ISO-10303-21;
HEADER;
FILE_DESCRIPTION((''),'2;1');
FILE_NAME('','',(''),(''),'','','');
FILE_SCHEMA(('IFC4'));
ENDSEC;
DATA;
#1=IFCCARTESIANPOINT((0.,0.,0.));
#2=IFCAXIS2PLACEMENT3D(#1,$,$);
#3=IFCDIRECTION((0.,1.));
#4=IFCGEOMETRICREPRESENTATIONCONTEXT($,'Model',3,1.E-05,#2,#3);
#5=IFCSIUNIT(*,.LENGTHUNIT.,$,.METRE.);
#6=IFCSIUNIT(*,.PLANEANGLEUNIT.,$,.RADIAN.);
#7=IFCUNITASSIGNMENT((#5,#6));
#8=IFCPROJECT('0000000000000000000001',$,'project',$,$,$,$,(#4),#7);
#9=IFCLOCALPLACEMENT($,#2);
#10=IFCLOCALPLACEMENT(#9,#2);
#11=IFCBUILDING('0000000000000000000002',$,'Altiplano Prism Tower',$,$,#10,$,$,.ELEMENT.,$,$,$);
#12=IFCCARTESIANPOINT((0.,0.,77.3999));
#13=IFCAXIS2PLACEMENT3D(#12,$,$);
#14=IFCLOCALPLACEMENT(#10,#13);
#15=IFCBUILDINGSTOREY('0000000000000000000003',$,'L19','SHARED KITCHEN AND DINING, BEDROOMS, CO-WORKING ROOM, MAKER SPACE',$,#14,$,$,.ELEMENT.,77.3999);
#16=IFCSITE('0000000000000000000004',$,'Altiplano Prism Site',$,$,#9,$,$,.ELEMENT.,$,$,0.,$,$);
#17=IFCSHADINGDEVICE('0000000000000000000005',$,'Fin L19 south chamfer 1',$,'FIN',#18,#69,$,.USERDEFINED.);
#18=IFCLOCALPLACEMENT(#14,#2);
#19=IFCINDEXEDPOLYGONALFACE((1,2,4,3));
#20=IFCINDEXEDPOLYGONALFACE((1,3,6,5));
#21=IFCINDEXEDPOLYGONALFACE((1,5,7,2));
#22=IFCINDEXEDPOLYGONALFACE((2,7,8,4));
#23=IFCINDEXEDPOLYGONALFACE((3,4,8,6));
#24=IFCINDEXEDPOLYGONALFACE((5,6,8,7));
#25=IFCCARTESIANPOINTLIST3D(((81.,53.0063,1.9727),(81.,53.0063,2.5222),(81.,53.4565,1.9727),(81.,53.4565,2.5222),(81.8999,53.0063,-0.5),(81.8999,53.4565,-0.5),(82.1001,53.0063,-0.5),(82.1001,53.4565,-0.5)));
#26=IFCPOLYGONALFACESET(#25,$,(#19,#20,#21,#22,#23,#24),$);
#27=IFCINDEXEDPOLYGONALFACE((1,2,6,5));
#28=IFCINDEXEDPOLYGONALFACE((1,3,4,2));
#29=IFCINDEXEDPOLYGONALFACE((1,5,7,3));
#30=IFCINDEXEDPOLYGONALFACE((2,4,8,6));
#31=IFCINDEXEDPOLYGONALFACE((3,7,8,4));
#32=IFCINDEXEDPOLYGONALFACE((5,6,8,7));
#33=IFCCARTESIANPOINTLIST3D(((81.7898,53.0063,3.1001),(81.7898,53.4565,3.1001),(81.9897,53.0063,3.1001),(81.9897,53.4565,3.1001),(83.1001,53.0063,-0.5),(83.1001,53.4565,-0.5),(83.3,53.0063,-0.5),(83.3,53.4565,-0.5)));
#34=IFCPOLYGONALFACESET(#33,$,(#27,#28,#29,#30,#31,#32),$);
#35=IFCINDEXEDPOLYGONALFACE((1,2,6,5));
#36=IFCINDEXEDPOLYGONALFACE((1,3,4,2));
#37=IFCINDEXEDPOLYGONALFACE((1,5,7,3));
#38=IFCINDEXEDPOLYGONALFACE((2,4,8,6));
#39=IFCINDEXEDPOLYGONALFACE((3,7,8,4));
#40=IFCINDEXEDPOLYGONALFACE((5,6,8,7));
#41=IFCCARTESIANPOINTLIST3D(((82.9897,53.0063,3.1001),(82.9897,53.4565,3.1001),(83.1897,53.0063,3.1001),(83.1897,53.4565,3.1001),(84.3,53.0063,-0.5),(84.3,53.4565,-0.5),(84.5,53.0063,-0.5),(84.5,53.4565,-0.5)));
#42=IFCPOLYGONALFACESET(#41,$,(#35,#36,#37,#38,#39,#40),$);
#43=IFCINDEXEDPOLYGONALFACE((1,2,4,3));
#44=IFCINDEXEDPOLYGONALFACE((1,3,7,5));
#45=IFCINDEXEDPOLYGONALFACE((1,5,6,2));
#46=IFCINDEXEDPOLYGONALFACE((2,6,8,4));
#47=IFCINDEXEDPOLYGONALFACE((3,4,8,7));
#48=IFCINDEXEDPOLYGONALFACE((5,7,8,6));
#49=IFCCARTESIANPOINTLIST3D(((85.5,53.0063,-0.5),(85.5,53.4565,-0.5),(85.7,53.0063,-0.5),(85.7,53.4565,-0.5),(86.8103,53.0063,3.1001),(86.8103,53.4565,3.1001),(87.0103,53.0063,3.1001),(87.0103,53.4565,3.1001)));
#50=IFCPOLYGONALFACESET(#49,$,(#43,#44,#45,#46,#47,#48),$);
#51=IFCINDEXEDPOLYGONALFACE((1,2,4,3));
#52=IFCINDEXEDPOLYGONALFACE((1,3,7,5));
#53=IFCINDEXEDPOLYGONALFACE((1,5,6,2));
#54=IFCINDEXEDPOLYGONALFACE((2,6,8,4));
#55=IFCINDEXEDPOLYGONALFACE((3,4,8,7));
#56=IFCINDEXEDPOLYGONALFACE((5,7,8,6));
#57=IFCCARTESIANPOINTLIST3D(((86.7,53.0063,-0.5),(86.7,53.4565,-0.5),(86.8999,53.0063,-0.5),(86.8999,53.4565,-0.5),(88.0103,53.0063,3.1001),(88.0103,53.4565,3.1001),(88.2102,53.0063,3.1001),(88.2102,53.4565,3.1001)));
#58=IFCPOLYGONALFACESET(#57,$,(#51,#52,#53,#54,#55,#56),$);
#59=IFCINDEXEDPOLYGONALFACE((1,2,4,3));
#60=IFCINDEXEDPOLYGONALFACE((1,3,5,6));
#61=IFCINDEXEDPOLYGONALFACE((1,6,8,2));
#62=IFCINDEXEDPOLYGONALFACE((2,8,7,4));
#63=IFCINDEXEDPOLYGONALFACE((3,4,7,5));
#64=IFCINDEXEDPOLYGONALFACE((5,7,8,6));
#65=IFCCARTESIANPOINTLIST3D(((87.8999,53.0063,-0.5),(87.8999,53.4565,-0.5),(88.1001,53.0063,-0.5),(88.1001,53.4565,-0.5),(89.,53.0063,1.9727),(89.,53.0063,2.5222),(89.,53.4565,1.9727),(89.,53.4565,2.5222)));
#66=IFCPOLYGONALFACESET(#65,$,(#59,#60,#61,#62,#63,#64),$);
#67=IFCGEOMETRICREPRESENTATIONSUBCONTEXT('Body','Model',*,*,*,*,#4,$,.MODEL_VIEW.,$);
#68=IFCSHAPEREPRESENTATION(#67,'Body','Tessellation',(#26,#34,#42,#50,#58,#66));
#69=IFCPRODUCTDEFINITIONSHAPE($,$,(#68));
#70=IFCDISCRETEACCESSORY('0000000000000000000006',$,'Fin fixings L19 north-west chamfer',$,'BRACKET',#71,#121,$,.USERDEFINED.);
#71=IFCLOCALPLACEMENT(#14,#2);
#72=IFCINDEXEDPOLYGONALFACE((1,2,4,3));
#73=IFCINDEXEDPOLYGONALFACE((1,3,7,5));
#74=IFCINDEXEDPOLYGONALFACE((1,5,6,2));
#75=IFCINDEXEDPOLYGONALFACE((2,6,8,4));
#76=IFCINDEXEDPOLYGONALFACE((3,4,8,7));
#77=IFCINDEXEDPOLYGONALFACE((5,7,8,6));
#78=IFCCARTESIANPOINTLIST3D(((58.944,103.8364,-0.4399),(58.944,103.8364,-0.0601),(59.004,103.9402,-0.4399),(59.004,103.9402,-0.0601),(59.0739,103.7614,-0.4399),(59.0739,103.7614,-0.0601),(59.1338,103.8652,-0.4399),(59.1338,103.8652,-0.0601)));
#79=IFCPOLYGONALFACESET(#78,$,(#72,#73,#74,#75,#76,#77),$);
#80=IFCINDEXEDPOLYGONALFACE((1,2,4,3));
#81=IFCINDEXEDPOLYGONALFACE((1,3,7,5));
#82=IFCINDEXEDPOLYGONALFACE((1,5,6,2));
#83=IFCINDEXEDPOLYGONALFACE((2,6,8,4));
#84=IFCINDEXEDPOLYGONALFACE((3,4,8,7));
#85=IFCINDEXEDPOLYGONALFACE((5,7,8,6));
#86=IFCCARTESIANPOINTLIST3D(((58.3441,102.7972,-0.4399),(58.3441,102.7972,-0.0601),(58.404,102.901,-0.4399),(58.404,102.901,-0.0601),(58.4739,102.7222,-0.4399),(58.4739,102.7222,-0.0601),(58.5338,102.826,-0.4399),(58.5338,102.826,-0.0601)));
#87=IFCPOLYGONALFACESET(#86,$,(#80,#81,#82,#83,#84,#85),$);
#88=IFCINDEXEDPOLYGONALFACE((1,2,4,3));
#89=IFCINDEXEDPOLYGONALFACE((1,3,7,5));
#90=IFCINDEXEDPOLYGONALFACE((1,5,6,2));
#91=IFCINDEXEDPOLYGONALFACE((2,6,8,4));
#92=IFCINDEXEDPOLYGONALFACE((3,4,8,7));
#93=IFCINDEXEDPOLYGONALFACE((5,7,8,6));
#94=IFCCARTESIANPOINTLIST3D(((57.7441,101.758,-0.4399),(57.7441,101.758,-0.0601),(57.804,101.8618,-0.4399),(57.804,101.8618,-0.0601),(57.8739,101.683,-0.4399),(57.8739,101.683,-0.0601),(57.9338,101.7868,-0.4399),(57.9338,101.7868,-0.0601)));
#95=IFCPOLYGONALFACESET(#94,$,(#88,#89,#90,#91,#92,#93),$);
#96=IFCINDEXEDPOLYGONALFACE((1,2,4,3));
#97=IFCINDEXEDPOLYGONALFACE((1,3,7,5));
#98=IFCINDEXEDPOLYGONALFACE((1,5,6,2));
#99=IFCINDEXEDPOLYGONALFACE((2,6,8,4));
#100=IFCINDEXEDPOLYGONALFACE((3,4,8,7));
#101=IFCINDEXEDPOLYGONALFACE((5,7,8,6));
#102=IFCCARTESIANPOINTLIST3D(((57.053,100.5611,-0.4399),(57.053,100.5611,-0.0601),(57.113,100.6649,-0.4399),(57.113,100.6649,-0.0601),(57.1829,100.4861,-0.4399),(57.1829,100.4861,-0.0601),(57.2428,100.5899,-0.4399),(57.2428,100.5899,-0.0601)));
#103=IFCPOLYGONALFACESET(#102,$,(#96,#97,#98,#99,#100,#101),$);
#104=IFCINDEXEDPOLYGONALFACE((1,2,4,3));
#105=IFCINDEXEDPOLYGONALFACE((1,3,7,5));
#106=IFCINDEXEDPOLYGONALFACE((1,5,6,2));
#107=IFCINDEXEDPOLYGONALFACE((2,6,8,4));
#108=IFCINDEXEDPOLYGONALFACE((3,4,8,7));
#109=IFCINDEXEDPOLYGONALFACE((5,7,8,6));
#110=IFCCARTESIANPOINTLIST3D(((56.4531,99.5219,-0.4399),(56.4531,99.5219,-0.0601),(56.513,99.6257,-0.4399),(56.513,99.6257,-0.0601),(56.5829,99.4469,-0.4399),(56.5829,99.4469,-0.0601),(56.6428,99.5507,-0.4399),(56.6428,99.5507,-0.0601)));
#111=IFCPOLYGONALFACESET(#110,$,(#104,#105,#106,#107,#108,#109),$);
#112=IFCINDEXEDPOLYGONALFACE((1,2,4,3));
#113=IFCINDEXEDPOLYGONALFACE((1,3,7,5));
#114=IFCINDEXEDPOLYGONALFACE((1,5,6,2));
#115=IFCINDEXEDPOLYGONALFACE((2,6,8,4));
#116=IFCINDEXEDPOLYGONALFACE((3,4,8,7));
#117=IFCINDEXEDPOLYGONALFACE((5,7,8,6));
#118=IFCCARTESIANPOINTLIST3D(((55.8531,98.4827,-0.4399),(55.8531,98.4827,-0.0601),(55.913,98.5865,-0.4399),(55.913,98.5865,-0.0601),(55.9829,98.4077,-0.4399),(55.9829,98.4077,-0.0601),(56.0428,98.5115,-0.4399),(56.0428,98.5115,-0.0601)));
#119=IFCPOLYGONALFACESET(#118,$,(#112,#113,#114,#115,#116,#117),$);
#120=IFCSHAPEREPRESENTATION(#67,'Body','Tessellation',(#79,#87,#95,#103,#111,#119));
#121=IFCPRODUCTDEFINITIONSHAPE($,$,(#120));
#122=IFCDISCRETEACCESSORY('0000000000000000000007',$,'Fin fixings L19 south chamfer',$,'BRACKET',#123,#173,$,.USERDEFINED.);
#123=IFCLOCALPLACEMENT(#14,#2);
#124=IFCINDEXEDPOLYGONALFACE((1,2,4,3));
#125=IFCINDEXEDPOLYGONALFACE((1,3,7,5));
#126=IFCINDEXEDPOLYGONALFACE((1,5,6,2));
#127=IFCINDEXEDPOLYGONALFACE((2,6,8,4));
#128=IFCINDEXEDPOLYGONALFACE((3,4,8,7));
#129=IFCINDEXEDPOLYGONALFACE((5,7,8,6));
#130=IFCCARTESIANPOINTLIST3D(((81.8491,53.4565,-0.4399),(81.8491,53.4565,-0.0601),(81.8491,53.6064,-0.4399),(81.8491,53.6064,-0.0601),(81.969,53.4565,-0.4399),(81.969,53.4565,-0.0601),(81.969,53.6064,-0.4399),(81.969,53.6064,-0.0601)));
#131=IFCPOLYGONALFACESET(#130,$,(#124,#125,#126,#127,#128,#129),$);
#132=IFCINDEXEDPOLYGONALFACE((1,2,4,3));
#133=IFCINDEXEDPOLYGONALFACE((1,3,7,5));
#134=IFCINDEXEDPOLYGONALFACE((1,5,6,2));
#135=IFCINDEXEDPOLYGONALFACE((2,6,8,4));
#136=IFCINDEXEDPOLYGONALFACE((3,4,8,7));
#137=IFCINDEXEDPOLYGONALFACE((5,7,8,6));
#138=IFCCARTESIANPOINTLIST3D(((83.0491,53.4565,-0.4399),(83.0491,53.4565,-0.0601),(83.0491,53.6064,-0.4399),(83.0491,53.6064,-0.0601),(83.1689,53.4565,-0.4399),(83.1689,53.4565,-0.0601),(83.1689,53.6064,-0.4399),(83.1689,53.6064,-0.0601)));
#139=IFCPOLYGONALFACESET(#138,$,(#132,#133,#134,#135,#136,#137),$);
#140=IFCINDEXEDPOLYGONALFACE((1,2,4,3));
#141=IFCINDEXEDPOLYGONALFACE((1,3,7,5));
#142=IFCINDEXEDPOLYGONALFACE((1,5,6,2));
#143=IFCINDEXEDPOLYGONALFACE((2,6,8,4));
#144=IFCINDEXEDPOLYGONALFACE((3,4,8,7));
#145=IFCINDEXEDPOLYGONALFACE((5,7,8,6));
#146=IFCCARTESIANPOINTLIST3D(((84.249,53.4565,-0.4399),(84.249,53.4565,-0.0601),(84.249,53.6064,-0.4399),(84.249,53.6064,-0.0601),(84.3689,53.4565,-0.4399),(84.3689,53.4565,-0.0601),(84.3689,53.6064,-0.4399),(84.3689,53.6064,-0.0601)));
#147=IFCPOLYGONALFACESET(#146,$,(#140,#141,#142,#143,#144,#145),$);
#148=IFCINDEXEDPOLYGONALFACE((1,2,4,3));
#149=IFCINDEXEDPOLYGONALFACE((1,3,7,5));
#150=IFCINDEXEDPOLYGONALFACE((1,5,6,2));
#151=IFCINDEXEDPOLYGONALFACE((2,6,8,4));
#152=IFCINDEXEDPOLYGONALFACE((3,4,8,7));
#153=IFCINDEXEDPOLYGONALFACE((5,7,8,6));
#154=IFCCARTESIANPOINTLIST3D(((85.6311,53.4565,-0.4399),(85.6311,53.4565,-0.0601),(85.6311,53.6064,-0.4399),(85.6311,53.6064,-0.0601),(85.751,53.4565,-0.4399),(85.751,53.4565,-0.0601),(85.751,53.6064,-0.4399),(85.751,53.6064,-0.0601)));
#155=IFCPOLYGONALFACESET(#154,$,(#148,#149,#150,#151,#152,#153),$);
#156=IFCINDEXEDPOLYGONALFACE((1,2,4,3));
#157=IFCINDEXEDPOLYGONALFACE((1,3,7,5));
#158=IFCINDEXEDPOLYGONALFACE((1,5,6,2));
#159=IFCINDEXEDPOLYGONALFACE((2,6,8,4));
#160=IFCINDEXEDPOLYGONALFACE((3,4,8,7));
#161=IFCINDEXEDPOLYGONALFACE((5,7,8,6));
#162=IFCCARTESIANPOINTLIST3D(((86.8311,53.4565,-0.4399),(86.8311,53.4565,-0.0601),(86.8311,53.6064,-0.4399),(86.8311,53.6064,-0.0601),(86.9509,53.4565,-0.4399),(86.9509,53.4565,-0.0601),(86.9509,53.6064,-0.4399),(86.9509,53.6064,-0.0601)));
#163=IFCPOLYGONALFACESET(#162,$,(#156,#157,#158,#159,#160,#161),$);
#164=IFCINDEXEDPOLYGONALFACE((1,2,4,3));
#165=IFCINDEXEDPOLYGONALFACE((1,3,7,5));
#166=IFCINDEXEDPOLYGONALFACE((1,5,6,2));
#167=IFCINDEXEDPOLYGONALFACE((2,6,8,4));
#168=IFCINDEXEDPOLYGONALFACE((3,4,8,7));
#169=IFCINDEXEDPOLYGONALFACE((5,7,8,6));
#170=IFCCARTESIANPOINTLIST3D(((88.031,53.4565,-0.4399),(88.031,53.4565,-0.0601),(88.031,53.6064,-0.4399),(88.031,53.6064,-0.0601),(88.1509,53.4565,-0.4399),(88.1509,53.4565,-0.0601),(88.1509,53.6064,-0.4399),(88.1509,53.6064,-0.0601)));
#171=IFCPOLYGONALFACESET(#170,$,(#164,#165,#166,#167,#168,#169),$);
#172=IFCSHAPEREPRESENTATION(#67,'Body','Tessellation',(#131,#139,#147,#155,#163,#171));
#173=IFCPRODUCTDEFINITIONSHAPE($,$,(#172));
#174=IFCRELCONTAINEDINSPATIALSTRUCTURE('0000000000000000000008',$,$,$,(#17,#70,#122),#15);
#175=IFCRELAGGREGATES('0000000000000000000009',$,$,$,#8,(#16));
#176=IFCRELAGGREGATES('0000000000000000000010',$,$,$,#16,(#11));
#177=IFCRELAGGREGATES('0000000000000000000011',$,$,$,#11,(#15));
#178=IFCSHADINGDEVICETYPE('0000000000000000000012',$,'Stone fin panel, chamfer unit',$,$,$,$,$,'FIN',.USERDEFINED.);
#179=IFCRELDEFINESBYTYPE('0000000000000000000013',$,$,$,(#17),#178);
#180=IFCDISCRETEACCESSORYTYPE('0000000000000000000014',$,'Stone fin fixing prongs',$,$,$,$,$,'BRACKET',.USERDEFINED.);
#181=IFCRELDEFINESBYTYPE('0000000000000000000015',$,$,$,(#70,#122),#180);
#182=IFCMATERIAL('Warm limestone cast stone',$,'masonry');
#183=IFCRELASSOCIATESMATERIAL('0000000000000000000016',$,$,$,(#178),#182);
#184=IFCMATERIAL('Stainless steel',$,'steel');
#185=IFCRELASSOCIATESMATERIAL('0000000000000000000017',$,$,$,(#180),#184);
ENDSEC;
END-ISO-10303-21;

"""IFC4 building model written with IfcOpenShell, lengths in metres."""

from ifc_helpers import new_model, si_unit, direction, frame, origin, place, context, subcontext, project, spatial, polyline, outline, extrude, source, transform, mapped, material, type_object, element, save


model = new_model("IFC4")

# Units and contexts
model_context = context("Model", 3, precision=1e-05, world=origin(), true_north=direction((0.0, 1.0)))
body_context = subcontext(model_context, "Body", "Model", "MODEL_VIEW")
ifc_project = project(units=[si_unit("LENGTHUNIT", "METRE"), si_unit("PLANEANGLEUNIT", "RADIAN")], contexts=[model_context])

# Site, building, storey
site_placement = place(None, origin())
site = spatial("IfcSite", under=ifc_project, at=site_placement, Name="Altiplano Prism Site", CompositionType="ELEMENT", RefElevation=0.0)
building_placement = place(site_placement, origin())
building = spatial("IfcBuilding", under=site, at=building_placement, Name="Altiplano Prism Tower", CompositionType="ELEMENT")
storey_placement = place(building_placement, frame((0.0, 0.0, 77.3999)))
storey = spatial("IfcBuildingStorey", under=building, at=storey_placement, Name="L19", Description="SHARED KITCHEN AND DINING, BEDROOMS, CO-WORKING ROOM, MAKER SPACE", CompositionType="ELEMENT", Elevation=77.3999)

# Shading device
ifc_material_1 = material(Name="Warm limestone cast stone", Category="masonry")
shading_device_type_1 = type_object("IfcShadingDeviceType", Name="Stone fin panel, chamfer unit", ElementType="FIN", PredefinedType="USERDEFINED", material=ifc_material_1)
shared_shape_1 = source(origin(), body_context, "Body", "SweptSolid", [
    extrude(outline(polyline([(-4.0, 3.0222), (-4.0, 2.4727), (-3.1001, 0.0), (-2.8999, 0.0), (-4.0, 3.0222)])), frame((0.0, -0.1499, 0.0), z_axis=(0.0, -1.0, 0.0), x_axis=(1.0, 0.0, 0.0)), (0.0, 0.0, 1.0), 0.4502),
    extrude(outline(polyline([(-3.2102, 3.6001), (-1.8999, 0.0), (-1.7, 0.0), (-3.0103, 3.6001), (-3.2102, 3.6001)])), frame((0.0, -0.1499, 0.0), z_axis=(0.0, -1.0, 0.0), x_axis=(1.0, 0.0, 0.0)), (0.0, 0.0, 1.0), 0.4502),
    extrude(outline(polyline([(-2.0103, 3.6001), (-0.7, 0.0), (-0.5, 0.0), (-1.8103, 3.6001), (-2.0103, 3.6001)])), frame((0.0, -0.1499, 0.0), z_axis=(0.0, -1.0, 0.0), x_axis=(1.0, 0.0, 0.0)), (0.0, 0.0, 1.0), 0.4502),
    extrude(outline(polyline([(1.8103, 3.6001), (0.5, 0.0), (0.7, 0.0), (2.0103, 3.6001), (1.8103, 3.6001)])), frame((0.0, -0.1499, 0.0), z_axis=(0.0, -1.0, 0.0), x_axis=(1.0, 0.0, 0.0)), (0.0, 0.0, 1.0), 0.4502),
    extrude(outline(polyline([(3.0103, 3.6001), (1.7, 0.0), (1.8999, 0.0), (3.2102, 3.6001), (3.0103, 3.6001)])), frame((0.0, -0.1499, 0.0), z_axis=(0.0, -1.0, 0.0), x_axis=(1.0, 0.0, 0.0)), (0.0, 0.0, 1.0), 0.4502),
    extrude(outline(polyline([(4.0, 2.4727), (4.0, 3.0222), (2.8999, 0.0), (3.1001, 0.0), (4.0, 2.4727)])), frame((0.0, -0.1499, 0.0), z_axis=(0.0, -1.0, 0.0), x_axis=(1.0, 0.0, 0.0)), (0.0, 0.0, 1.0), 0.4502),
])
shading_device_1_placement = place(storey_placement, origin())
element("IfcShadingDevice", 1, at=shading_device_1_placement, inside=storey, type_object=shading_device_type_1, Name="Fin L19 south chamfer 1", ObjectType="FIN", PredefinedType="USERDEFINED", context=body_context, shape_type="MappedRepresentation", body=[
    mapped(shared_shape_1, transform((85.0, 53.6064, -0.5), x_axis=(1.0, 0.0, 0.0), y_axis=(0.0, 1.0, 0.0), z_axis=(0.0, 0.0, 1.0))),
])

# Discrete accessories
ifc_material_2 = material(Name="Stainless steel", Category="steel")
discrete_accessory_type = type_object("IfcDiscreteAccessoryType", Name="Stone fin fixing prongs", ElementType="BRACKET", PredefinedType="USERDEFINED", material=ifc_material_2)
shared_shape_2 = source(origin(), body_context, "Body", "SweptSolid", [
    extrude(outline(polyline([(-3.1509, 0.0601), (-3.031, 0.0601), (-3.031, 0.4399), (-3.1509, 0.4399), (-3.1509, 0.0601)])), frame((0.0, 0.0, 0.0), z_axis=(0.0, -1.0, 0.0), x_axis=(1.0, 0.0, 0.0)), (0.0, 0.0, 1.0), 0.1499),
    extrude(outline(polyline([(-1.9509, 0.0601), (-1.8311, 0.0601), (-1.8311, 0.4399), (-1.9509, 0.4399), (-1.9509, 0.0601)])), frame((0.0, 0.0, 0.0), z_axis=(0.0, -1.0, 0.0), x_axis=(1.0, 0.0, 0.0)), (0.0, 0.0, 1.0), 0.1499),
    extrude(outline(polyline([(-0.751, 0.0601), (-0.6311, 0.0601), (-0.6311, 0.4399), (-0.751, 0.4399), (-0.751, 0.0601)])), frame((0.0, 0.0, 0.0), z_axis=(0.0, -1.0, 0.0), x_axis=(1.0, 0.0, 0.0)), (0.0, 0.0, 1.0), 0.1499),
    extrude(outline(polyline([(0.6311, 0.0601), (0.751, 0.0601), (0.751, 0.4399), (0.6311, 0.4399), (0.6311, 0.0601)])), frame((0.0, 0.0, 0.0), z_axis=(0.0, -1.0, 0.0), x_axis=(1.0, 0.0, 0.0)), (0.0, 0.0, 1.0), 0.1499),
    extrude(outline(polyline([(1.8311, 0.0601), (1.9509, 0.0601), (1.9509, 0.4399), (1.8311, 0.4399), (1.8311, 0.0601)])), frame((0.0, 0.0, 0.0), z_axis=(0.0, -1.0, 0.0), x_axis=(1.0, 0.0, 0.0)), (0.0, 0.0, 1.0), 0.1499),
    extrude(outline(polyline([(3.031, 0.0601), (3.1509, 0.0601), (3.1509, 0.4399), (3.031, 0.4399), (3.031, 0.0601)])), frame((0.0, 0.0, 0.0), z_axis=(0.0, -1.0, 0.0), x_axis=(1.0, 0.0, 0.0)), (0.0, 0.0, 1.0), 0.1499),
])
discrete_accessory_1_placement = place(storey_placement, origin())
element("IfcDiscreteAccessory", 2, at=discrete_accessory_1_placement, inside=storey, type_object=discrete_accessory_type, Name="Fin fixings L19 north-west chamfer", ObjectType="BRACKET", PredefinedType="USERDEFINED", context=body_context, shape_type="MappedRepresentation", body=[
    mapped(shared_shape_2, transform((57.5583, 101.1365, -0.5), x_axis=(-0.5, -0.866025, 0.0), y_axis=(0.866025, -0.5, 0.0), z_axis=(0.0, 0.0, 1.0))),
])
discrete_accessory_2_placement = place(storey_placement, origin())
element("IfcDiscreteAccessory", 3, at=discrete_accessory_2_placement, inside=storey, type_object=discrete_accessory_type, Name="Fin fixings L19 south chamfer", ObjectType="BRACKET", PredefinedType="USERDEFINED", context=body_context, shape_type="MappedRepresentation", body=[
    mapped(shared_shape_2, transform((85.0, 53.6064, -0.5), x_axis=(1.0, 0.0, 0.0), y_axis=(0.0, 1.0, 0.0), z_axis=(0.0, 0.0, 1.0))),
])

save(model, "model.ifc")
